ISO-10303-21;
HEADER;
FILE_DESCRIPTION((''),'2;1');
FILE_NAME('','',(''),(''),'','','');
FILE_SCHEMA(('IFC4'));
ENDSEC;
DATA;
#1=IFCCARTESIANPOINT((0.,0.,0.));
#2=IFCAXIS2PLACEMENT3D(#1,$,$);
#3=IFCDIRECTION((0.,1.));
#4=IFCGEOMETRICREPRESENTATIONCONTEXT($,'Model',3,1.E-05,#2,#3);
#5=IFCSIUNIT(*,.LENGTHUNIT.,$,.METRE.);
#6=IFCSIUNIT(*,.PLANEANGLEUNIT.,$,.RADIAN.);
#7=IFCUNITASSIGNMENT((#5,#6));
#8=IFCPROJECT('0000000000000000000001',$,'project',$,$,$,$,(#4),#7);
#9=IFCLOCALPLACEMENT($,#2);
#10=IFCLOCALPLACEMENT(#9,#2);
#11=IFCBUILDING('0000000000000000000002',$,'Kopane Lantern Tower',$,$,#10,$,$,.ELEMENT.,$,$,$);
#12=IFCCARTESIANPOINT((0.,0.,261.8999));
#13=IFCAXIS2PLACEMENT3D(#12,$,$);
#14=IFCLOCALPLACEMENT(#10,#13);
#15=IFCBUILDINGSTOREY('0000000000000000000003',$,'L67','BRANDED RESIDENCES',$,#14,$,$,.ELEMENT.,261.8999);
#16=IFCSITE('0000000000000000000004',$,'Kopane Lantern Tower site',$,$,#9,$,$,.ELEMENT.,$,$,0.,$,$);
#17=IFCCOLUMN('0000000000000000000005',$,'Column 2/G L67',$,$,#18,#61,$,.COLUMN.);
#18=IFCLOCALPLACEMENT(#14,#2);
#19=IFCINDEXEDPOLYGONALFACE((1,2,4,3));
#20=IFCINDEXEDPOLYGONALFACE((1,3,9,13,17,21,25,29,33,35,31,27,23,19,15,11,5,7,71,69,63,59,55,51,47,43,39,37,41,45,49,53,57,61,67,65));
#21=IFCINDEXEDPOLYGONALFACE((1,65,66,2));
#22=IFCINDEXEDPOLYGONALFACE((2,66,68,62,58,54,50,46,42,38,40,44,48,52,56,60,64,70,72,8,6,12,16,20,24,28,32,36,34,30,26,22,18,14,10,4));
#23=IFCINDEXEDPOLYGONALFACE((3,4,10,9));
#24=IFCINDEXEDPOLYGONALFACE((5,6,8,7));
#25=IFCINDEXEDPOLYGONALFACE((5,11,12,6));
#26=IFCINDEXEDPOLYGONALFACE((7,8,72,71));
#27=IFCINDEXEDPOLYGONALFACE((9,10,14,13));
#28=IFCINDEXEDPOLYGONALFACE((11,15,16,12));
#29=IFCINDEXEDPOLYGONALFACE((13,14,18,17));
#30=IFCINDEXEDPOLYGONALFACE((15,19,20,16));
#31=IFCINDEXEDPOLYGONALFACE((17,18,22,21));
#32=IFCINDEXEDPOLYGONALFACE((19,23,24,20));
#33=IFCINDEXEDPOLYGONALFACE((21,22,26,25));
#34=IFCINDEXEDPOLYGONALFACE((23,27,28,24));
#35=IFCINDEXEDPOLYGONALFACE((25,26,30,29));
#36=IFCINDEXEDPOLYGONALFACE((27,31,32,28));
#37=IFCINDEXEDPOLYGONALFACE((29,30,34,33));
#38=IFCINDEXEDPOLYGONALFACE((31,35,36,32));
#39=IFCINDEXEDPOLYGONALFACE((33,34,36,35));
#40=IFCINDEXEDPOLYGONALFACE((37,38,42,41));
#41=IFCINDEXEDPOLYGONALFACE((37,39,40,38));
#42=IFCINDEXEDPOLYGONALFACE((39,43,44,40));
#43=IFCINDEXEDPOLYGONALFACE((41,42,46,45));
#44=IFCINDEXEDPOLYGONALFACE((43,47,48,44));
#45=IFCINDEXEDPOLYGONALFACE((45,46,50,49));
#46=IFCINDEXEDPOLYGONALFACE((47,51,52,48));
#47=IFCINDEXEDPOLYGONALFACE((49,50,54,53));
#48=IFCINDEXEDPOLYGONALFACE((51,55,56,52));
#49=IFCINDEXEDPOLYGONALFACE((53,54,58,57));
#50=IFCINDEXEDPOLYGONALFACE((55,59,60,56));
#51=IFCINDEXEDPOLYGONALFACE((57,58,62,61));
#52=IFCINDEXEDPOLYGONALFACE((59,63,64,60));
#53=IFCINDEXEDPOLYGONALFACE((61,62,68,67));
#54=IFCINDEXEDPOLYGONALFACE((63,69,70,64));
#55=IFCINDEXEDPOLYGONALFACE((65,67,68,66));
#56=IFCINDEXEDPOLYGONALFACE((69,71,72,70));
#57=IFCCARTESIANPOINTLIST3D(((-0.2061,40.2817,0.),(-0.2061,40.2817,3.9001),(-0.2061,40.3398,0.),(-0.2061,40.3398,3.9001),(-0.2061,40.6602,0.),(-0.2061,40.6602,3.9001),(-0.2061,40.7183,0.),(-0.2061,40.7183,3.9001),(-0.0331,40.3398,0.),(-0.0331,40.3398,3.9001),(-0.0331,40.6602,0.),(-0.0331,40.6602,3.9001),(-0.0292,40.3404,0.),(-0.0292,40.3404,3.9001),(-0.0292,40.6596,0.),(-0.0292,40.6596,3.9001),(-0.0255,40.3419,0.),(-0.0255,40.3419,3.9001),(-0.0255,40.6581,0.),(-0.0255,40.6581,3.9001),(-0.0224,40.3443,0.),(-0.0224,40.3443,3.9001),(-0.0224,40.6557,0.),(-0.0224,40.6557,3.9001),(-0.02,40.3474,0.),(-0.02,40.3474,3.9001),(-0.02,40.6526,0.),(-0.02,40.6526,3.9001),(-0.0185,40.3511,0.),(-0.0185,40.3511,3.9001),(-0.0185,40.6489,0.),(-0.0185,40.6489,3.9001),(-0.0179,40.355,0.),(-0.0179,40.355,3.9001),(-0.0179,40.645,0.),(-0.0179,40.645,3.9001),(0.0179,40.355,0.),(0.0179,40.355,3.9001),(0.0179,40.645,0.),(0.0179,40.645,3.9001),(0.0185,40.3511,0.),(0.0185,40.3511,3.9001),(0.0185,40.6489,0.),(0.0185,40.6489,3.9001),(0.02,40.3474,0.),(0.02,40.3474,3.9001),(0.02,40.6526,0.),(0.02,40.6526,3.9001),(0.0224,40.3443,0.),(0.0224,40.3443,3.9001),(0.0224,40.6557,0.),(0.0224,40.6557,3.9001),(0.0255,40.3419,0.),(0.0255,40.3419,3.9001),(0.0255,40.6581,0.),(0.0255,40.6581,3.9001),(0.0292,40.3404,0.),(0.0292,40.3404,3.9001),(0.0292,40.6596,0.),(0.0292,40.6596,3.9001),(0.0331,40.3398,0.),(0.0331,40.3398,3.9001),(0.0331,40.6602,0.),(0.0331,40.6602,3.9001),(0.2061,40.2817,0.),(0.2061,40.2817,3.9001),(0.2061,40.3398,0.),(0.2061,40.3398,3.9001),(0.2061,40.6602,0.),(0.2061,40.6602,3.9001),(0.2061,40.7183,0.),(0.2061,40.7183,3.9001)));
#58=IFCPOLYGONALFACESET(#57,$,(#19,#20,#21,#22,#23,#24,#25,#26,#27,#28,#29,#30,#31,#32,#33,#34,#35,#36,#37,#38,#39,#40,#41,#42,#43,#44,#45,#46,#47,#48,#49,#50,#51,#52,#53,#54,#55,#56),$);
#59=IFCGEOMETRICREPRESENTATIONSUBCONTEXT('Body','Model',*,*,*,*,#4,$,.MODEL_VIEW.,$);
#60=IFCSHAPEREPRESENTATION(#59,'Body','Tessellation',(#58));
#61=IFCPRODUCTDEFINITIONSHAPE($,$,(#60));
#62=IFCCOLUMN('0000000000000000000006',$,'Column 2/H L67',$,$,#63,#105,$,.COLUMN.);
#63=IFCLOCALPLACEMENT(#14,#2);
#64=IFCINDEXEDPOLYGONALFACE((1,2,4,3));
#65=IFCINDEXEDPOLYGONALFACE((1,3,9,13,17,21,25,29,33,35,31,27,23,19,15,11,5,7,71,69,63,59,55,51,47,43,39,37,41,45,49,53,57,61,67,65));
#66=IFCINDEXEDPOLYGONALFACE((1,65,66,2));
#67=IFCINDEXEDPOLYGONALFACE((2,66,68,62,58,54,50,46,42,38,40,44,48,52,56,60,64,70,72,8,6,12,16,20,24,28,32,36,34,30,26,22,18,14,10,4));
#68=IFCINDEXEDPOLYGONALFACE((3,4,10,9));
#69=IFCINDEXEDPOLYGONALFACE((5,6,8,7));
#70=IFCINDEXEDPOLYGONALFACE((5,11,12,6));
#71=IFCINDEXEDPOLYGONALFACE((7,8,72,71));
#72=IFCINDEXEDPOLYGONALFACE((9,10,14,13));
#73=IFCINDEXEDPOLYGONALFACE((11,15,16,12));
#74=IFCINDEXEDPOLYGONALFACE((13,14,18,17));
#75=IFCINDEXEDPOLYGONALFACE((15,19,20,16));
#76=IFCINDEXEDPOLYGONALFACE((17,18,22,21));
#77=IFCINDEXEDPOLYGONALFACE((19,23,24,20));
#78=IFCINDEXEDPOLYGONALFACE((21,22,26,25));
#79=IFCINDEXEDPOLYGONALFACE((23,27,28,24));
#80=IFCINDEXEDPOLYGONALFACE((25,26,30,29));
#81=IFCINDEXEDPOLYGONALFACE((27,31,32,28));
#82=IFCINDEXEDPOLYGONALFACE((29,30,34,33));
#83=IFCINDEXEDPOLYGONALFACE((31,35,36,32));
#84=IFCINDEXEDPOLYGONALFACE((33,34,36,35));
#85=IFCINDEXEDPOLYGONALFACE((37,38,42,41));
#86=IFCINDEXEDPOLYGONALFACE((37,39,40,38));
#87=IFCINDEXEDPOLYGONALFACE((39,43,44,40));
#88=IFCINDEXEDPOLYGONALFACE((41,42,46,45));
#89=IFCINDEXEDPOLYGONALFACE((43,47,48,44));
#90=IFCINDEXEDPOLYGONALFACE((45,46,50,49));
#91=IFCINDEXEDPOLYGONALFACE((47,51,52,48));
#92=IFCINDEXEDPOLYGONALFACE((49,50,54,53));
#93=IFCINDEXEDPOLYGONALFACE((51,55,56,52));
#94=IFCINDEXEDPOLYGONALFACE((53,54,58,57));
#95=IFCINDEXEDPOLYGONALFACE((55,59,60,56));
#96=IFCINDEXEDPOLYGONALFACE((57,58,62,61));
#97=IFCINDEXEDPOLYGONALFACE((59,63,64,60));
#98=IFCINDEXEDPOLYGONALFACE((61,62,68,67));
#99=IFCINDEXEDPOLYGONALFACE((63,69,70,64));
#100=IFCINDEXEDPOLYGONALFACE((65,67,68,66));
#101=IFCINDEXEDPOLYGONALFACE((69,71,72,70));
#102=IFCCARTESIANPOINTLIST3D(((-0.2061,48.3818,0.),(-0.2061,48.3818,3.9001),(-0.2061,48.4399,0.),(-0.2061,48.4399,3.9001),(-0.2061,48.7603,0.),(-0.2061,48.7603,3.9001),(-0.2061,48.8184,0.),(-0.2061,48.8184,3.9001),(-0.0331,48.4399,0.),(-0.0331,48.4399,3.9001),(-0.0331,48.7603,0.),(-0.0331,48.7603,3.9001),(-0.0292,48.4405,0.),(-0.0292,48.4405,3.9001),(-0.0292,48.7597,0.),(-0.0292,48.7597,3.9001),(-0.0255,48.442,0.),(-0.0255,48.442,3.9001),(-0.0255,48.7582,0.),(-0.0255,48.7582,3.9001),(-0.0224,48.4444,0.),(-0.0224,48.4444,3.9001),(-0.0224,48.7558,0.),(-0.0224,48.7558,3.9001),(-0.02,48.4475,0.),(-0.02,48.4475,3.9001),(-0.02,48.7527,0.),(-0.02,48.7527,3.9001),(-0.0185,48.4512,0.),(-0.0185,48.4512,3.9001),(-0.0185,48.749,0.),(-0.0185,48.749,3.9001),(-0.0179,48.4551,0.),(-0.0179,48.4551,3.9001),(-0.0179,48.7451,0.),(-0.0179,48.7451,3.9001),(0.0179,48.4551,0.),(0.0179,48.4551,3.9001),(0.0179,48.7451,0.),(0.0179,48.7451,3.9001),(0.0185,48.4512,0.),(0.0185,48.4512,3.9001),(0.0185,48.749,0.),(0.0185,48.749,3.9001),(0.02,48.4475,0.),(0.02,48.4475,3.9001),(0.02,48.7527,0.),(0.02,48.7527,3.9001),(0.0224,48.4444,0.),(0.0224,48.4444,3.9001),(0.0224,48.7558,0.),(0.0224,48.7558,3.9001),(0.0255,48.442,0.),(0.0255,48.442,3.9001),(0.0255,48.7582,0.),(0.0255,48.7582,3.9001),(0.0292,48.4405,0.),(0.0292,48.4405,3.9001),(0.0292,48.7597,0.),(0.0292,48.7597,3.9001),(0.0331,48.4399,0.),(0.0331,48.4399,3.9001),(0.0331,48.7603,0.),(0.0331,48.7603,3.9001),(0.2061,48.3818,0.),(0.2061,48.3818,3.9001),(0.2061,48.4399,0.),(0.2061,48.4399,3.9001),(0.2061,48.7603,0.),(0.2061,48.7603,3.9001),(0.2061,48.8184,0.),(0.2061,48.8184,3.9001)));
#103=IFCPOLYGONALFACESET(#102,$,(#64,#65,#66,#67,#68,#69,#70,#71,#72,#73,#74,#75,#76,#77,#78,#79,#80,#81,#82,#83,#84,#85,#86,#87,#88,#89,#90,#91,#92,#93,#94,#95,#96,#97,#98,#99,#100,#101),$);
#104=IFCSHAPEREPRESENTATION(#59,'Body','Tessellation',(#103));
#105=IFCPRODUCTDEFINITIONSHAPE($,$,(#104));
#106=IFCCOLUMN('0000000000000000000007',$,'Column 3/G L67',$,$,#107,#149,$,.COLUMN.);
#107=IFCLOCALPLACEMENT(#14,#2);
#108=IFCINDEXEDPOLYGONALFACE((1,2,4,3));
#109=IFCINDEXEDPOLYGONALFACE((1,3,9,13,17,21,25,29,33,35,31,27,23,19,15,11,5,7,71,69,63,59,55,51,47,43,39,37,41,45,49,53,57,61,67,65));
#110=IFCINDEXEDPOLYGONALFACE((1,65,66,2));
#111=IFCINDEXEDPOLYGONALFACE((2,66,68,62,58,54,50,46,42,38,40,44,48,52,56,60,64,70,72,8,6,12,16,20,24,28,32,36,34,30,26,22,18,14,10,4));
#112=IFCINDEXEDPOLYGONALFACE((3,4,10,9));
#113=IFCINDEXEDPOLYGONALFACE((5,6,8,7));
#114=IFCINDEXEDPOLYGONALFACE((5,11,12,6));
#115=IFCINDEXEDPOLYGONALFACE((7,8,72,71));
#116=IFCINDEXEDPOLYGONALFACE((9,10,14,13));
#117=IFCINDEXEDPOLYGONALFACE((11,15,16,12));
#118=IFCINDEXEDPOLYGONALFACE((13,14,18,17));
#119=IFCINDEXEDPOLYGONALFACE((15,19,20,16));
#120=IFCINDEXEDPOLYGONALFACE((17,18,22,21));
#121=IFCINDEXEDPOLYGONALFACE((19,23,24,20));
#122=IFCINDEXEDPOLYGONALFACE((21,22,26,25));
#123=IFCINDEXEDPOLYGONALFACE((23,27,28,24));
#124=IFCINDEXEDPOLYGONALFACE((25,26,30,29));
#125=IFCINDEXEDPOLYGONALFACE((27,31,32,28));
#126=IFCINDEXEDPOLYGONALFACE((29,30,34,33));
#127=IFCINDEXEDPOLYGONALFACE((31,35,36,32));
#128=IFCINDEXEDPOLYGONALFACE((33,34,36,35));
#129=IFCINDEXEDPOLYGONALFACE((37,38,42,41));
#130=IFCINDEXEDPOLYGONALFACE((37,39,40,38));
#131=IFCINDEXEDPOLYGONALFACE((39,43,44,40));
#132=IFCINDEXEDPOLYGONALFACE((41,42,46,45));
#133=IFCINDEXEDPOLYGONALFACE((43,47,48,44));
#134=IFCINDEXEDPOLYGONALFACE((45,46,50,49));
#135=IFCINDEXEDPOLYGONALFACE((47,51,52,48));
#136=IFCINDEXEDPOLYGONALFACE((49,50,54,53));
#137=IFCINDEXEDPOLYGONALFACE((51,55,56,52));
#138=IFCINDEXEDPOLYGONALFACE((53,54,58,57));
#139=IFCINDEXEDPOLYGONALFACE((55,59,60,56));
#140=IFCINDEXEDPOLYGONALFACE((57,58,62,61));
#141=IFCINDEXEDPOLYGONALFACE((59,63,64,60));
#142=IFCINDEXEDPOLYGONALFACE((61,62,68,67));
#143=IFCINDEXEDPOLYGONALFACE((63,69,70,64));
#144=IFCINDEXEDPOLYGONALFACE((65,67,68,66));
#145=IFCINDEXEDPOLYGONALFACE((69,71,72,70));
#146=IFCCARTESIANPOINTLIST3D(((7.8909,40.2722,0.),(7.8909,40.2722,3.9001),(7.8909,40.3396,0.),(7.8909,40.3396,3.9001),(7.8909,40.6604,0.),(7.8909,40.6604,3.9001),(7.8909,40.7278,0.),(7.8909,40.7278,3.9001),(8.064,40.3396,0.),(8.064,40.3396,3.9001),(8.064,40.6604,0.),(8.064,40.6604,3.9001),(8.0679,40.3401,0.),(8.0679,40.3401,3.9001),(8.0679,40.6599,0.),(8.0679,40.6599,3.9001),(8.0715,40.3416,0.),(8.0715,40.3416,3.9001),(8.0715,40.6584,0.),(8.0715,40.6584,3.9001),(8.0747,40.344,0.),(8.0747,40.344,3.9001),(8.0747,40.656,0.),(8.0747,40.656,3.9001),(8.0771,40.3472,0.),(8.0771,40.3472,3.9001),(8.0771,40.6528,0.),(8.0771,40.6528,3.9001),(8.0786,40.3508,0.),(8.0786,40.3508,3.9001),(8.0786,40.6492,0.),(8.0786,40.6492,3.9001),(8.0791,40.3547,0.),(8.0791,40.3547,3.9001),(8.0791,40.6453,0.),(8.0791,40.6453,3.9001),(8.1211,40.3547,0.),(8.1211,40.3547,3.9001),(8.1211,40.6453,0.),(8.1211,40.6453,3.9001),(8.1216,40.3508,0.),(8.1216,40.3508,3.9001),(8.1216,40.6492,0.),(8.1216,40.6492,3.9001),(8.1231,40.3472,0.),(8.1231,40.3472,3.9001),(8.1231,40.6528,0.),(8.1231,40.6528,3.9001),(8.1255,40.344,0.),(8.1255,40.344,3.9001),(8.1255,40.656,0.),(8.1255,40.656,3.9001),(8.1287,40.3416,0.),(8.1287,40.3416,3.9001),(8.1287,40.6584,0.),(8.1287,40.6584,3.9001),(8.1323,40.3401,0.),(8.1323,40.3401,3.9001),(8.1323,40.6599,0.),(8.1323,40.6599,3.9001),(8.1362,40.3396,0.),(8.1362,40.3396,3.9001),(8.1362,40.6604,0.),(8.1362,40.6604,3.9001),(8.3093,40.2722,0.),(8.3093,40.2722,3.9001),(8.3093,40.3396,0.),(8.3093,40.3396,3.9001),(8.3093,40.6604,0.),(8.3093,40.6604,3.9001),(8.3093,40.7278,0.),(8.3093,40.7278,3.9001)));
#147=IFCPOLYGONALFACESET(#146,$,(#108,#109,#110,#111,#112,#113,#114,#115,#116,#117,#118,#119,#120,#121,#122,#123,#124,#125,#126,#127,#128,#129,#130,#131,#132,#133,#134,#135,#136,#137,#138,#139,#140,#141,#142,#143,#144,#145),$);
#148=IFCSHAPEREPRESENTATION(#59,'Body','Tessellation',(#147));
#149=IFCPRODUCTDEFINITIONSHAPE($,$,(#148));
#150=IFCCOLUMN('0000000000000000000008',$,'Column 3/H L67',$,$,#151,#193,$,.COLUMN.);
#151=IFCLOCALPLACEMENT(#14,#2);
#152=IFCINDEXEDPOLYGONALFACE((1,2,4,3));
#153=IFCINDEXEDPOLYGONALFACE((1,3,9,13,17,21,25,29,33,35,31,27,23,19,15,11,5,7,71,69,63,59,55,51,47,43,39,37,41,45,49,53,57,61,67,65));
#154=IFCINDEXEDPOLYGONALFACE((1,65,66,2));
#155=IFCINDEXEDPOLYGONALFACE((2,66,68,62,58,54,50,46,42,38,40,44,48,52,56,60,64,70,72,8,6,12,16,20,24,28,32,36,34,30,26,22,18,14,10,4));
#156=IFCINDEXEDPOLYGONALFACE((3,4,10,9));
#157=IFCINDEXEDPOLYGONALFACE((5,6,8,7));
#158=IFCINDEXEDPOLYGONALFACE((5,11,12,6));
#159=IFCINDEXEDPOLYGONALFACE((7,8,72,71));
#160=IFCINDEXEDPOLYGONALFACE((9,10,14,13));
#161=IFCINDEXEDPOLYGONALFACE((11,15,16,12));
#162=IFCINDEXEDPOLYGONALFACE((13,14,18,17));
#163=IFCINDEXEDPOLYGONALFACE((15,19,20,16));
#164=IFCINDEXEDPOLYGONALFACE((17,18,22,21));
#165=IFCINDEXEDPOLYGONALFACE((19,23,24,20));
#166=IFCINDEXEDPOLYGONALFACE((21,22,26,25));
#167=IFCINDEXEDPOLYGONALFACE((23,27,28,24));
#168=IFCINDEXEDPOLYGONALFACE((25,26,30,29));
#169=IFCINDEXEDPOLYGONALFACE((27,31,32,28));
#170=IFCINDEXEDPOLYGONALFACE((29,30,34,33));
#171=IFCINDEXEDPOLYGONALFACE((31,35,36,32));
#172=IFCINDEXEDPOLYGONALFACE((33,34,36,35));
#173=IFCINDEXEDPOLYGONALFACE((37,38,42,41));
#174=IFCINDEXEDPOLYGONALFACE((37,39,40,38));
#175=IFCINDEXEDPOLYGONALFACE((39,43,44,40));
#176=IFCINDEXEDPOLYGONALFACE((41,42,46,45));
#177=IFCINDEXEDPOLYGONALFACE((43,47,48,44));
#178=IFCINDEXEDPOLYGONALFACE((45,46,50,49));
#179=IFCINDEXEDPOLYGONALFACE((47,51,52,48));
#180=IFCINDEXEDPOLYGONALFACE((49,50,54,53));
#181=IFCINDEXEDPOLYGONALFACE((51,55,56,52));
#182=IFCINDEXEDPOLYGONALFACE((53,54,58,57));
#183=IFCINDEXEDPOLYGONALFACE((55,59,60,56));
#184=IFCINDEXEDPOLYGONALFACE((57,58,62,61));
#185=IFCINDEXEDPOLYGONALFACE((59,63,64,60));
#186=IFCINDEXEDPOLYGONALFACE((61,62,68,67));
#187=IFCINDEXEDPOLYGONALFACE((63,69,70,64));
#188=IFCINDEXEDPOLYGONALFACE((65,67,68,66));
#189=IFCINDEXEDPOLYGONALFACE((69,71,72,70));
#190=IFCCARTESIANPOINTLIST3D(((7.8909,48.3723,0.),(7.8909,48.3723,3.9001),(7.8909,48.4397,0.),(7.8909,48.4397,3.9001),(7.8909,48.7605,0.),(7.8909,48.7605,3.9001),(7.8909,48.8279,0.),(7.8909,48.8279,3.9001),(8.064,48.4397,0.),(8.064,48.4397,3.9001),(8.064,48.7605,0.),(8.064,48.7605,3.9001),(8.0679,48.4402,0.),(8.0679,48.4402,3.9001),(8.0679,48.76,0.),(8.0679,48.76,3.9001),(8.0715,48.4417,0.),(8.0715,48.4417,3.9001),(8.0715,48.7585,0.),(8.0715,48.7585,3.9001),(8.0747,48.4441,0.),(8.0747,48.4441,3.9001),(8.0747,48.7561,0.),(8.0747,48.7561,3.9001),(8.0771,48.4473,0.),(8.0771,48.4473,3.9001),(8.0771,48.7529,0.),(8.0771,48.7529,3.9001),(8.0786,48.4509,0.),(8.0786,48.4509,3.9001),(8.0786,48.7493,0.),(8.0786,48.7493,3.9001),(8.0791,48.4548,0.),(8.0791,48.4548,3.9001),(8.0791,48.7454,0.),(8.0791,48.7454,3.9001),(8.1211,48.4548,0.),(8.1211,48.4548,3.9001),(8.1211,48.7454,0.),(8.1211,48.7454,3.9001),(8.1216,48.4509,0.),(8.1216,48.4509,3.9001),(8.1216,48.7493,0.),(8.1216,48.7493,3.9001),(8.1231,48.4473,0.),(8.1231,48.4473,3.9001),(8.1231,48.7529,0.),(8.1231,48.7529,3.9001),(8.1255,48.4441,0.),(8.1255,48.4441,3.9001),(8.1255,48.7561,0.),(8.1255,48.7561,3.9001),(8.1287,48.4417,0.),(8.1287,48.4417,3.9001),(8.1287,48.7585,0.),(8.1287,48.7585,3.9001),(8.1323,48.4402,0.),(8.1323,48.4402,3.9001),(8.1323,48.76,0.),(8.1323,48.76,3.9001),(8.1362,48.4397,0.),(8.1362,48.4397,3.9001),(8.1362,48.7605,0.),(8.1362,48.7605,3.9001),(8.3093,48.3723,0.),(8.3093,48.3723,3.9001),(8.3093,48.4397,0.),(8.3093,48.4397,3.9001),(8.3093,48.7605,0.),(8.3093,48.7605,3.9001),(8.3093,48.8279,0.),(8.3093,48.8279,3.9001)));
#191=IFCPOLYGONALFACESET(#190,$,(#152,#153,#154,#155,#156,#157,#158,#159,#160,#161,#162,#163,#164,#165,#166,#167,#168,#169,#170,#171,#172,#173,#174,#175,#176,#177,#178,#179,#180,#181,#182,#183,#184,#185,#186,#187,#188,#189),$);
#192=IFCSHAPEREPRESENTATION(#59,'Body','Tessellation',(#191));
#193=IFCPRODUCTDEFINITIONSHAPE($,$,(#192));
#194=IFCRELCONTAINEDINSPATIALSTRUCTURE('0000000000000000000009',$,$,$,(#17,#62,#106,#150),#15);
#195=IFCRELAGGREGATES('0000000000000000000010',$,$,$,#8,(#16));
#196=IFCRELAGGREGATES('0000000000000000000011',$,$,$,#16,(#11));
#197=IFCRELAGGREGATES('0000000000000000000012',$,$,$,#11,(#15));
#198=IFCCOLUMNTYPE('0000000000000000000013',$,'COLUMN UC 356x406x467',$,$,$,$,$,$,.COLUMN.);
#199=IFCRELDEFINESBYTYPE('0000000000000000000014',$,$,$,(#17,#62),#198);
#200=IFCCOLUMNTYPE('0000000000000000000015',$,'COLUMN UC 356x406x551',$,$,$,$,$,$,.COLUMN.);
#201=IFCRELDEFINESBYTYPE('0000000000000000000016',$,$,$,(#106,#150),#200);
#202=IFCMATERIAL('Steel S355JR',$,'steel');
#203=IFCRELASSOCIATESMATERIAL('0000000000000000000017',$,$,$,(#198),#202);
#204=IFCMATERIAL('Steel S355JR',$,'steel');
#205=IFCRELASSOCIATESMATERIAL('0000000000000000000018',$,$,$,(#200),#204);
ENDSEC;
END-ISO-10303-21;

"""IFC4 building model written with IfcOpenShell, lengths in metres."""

from ifc_helpers import new_model, si_unit, direction, frame, origin, origin_2d, place, context, subcontext, project, spatial, i_section, extrude, material, material_profile, profile_set, type_object, element, save


model = new_model("IFC4")

# Units and contexts
model_context = context("Model", 3, precision=1e-05, world=origin(), true_north=direction((0.0, 1.0)))
body_context = subcontext(model_context, "Body", "Model", "MODEL_VIEW")
ifc_project = project(units=[si_unit("LENGTHUNIT", "METRE"), si_unit("PLANEANGLEUNIT", "RADIAN")], contexts=[model_context])

# Site, building, storey
site_placement = place(None, origin())
site = spatial("IfcSite", under=ifc_project, at=site_placement, Name="Kopane Lantern Tower site", CompositionType="ELEMENT", RefElevation=0.0)
building_placement = place(site_placement, origin())
building = spatial("IfcBuilding", under=site, at=building_placement, Name="Kopane Lantern Tower", CompositionType="ELEMENT")
storey_placement = place(building_placement, frame((0.0, 0.0, 261.8999)))
storey = spatial("IfcBuildingStorey", under=building, at=storey_placement, Name="L67", Description="BRANDED RESIDENCES", CompositionType="ELEMENT", Elevation=261.8999)

# Columns
ifc_material_1 = material(Name="Steel S355JR", Category="steel")
ifc_material_profile_1 = material_profile(ifc_material_1, i_section(OverallWidth=0.4121, OverallDepth=0.4365, WebThickness=0.0359, FlangeThickness=0.0581, FilletRadius=0.0151, at=origin_2d()), Name="UC 356x406x467")
ifc_profile_set_1 = profile_set([ifc_material_profile_1], Name="Steel S355JR")
column_type_1 = type_object("IfcColumnType", Name="COLUMN UC 356x406x467", PredefinedType="COLUMN", material=ifc_profile_set_1)
for number, where, z_axis, x_axis, name in (
    (1, (0.0, 40.5, 0.0), (0.0, 0.0, 1.0), (1.0, 0.0, 0.0), "Column 2/G L67"),
    (2, (0.0, 48.6001, 0.0), (0.0, 0.0, 1.0), (1.0, 0.0, 0.0), "Column 2/H L67"),
):
    element("IfcColumn", number, at=place(storey_placement, frame(where, z_axis=z_axis, x_axis=x_axis)), inside=storey, type_object=column_type_1, Name=name, PredefinedType="COLUMN", context=body_context, shape_type="SweptSolid", body=[
        extrude(i_section(OverallWidth=0.4121, OverallDepth=0.4365, WebThickness=0.0359, FlangeThickness=0.0581, FilletRadius=0.0151, at=origin_2d()), origin(), (0.0, 0.0, 1.0), 3.9001),
    ])
ifc_material_2 = material(Name="Steel S355JR", Category="steel")
ifc_material_profile_2 = material_profile(ifc_material_2, i_section(OverallWidth=0.4185, OverallDepth=0.4556, WebThickness=0.042, FlangeThickness=0.0674, FilletRadius=0.0151, at=origin_2d()), Name="UC 356x406x551")
ifc_profile_set_2 = profile_set([ifc_material_profile_2], Name="Steel S355JR")
column_type_2 = type_object("IfcColumnType", Name="COLUMN UC 356x406x551", PredefinedType="COLUMN", material=ifc_profile_set_2)
for number, where, z_axis, x_axis, name in (
    (3, (8.1001, 40.5, 0.0), (0.0, 0.0, 1.0), (1.0, 0.0, 0.0), "Column 3/G L67"),
    (4, (8.1001, 48.6001, 0.0), (0.0, 0.0, 1.0), (1.0, 0.0, 0.0), "Column 3/H L67"),
):
    element("IfcColumn", number, at=place(storey_placement, frame(where, z_axis=z_axis, x_axis=x_axis)), inside=storey, type_object=column_type_2, Name=name, PredefinedType="COLUMN", context=body_context, shape_type="SweptSolid", body=[
        extrude(i_section(OverallWidth=0.4185, OverallDepth=0.4556, WebThickness=0.042, FlangeThickness=0.0674, FilletRadius=0.0151, at=origin_2d()), origin(), (0.0, 0.0, 1.0), 3.9001),
    ])

save(model, "model.ifc")
